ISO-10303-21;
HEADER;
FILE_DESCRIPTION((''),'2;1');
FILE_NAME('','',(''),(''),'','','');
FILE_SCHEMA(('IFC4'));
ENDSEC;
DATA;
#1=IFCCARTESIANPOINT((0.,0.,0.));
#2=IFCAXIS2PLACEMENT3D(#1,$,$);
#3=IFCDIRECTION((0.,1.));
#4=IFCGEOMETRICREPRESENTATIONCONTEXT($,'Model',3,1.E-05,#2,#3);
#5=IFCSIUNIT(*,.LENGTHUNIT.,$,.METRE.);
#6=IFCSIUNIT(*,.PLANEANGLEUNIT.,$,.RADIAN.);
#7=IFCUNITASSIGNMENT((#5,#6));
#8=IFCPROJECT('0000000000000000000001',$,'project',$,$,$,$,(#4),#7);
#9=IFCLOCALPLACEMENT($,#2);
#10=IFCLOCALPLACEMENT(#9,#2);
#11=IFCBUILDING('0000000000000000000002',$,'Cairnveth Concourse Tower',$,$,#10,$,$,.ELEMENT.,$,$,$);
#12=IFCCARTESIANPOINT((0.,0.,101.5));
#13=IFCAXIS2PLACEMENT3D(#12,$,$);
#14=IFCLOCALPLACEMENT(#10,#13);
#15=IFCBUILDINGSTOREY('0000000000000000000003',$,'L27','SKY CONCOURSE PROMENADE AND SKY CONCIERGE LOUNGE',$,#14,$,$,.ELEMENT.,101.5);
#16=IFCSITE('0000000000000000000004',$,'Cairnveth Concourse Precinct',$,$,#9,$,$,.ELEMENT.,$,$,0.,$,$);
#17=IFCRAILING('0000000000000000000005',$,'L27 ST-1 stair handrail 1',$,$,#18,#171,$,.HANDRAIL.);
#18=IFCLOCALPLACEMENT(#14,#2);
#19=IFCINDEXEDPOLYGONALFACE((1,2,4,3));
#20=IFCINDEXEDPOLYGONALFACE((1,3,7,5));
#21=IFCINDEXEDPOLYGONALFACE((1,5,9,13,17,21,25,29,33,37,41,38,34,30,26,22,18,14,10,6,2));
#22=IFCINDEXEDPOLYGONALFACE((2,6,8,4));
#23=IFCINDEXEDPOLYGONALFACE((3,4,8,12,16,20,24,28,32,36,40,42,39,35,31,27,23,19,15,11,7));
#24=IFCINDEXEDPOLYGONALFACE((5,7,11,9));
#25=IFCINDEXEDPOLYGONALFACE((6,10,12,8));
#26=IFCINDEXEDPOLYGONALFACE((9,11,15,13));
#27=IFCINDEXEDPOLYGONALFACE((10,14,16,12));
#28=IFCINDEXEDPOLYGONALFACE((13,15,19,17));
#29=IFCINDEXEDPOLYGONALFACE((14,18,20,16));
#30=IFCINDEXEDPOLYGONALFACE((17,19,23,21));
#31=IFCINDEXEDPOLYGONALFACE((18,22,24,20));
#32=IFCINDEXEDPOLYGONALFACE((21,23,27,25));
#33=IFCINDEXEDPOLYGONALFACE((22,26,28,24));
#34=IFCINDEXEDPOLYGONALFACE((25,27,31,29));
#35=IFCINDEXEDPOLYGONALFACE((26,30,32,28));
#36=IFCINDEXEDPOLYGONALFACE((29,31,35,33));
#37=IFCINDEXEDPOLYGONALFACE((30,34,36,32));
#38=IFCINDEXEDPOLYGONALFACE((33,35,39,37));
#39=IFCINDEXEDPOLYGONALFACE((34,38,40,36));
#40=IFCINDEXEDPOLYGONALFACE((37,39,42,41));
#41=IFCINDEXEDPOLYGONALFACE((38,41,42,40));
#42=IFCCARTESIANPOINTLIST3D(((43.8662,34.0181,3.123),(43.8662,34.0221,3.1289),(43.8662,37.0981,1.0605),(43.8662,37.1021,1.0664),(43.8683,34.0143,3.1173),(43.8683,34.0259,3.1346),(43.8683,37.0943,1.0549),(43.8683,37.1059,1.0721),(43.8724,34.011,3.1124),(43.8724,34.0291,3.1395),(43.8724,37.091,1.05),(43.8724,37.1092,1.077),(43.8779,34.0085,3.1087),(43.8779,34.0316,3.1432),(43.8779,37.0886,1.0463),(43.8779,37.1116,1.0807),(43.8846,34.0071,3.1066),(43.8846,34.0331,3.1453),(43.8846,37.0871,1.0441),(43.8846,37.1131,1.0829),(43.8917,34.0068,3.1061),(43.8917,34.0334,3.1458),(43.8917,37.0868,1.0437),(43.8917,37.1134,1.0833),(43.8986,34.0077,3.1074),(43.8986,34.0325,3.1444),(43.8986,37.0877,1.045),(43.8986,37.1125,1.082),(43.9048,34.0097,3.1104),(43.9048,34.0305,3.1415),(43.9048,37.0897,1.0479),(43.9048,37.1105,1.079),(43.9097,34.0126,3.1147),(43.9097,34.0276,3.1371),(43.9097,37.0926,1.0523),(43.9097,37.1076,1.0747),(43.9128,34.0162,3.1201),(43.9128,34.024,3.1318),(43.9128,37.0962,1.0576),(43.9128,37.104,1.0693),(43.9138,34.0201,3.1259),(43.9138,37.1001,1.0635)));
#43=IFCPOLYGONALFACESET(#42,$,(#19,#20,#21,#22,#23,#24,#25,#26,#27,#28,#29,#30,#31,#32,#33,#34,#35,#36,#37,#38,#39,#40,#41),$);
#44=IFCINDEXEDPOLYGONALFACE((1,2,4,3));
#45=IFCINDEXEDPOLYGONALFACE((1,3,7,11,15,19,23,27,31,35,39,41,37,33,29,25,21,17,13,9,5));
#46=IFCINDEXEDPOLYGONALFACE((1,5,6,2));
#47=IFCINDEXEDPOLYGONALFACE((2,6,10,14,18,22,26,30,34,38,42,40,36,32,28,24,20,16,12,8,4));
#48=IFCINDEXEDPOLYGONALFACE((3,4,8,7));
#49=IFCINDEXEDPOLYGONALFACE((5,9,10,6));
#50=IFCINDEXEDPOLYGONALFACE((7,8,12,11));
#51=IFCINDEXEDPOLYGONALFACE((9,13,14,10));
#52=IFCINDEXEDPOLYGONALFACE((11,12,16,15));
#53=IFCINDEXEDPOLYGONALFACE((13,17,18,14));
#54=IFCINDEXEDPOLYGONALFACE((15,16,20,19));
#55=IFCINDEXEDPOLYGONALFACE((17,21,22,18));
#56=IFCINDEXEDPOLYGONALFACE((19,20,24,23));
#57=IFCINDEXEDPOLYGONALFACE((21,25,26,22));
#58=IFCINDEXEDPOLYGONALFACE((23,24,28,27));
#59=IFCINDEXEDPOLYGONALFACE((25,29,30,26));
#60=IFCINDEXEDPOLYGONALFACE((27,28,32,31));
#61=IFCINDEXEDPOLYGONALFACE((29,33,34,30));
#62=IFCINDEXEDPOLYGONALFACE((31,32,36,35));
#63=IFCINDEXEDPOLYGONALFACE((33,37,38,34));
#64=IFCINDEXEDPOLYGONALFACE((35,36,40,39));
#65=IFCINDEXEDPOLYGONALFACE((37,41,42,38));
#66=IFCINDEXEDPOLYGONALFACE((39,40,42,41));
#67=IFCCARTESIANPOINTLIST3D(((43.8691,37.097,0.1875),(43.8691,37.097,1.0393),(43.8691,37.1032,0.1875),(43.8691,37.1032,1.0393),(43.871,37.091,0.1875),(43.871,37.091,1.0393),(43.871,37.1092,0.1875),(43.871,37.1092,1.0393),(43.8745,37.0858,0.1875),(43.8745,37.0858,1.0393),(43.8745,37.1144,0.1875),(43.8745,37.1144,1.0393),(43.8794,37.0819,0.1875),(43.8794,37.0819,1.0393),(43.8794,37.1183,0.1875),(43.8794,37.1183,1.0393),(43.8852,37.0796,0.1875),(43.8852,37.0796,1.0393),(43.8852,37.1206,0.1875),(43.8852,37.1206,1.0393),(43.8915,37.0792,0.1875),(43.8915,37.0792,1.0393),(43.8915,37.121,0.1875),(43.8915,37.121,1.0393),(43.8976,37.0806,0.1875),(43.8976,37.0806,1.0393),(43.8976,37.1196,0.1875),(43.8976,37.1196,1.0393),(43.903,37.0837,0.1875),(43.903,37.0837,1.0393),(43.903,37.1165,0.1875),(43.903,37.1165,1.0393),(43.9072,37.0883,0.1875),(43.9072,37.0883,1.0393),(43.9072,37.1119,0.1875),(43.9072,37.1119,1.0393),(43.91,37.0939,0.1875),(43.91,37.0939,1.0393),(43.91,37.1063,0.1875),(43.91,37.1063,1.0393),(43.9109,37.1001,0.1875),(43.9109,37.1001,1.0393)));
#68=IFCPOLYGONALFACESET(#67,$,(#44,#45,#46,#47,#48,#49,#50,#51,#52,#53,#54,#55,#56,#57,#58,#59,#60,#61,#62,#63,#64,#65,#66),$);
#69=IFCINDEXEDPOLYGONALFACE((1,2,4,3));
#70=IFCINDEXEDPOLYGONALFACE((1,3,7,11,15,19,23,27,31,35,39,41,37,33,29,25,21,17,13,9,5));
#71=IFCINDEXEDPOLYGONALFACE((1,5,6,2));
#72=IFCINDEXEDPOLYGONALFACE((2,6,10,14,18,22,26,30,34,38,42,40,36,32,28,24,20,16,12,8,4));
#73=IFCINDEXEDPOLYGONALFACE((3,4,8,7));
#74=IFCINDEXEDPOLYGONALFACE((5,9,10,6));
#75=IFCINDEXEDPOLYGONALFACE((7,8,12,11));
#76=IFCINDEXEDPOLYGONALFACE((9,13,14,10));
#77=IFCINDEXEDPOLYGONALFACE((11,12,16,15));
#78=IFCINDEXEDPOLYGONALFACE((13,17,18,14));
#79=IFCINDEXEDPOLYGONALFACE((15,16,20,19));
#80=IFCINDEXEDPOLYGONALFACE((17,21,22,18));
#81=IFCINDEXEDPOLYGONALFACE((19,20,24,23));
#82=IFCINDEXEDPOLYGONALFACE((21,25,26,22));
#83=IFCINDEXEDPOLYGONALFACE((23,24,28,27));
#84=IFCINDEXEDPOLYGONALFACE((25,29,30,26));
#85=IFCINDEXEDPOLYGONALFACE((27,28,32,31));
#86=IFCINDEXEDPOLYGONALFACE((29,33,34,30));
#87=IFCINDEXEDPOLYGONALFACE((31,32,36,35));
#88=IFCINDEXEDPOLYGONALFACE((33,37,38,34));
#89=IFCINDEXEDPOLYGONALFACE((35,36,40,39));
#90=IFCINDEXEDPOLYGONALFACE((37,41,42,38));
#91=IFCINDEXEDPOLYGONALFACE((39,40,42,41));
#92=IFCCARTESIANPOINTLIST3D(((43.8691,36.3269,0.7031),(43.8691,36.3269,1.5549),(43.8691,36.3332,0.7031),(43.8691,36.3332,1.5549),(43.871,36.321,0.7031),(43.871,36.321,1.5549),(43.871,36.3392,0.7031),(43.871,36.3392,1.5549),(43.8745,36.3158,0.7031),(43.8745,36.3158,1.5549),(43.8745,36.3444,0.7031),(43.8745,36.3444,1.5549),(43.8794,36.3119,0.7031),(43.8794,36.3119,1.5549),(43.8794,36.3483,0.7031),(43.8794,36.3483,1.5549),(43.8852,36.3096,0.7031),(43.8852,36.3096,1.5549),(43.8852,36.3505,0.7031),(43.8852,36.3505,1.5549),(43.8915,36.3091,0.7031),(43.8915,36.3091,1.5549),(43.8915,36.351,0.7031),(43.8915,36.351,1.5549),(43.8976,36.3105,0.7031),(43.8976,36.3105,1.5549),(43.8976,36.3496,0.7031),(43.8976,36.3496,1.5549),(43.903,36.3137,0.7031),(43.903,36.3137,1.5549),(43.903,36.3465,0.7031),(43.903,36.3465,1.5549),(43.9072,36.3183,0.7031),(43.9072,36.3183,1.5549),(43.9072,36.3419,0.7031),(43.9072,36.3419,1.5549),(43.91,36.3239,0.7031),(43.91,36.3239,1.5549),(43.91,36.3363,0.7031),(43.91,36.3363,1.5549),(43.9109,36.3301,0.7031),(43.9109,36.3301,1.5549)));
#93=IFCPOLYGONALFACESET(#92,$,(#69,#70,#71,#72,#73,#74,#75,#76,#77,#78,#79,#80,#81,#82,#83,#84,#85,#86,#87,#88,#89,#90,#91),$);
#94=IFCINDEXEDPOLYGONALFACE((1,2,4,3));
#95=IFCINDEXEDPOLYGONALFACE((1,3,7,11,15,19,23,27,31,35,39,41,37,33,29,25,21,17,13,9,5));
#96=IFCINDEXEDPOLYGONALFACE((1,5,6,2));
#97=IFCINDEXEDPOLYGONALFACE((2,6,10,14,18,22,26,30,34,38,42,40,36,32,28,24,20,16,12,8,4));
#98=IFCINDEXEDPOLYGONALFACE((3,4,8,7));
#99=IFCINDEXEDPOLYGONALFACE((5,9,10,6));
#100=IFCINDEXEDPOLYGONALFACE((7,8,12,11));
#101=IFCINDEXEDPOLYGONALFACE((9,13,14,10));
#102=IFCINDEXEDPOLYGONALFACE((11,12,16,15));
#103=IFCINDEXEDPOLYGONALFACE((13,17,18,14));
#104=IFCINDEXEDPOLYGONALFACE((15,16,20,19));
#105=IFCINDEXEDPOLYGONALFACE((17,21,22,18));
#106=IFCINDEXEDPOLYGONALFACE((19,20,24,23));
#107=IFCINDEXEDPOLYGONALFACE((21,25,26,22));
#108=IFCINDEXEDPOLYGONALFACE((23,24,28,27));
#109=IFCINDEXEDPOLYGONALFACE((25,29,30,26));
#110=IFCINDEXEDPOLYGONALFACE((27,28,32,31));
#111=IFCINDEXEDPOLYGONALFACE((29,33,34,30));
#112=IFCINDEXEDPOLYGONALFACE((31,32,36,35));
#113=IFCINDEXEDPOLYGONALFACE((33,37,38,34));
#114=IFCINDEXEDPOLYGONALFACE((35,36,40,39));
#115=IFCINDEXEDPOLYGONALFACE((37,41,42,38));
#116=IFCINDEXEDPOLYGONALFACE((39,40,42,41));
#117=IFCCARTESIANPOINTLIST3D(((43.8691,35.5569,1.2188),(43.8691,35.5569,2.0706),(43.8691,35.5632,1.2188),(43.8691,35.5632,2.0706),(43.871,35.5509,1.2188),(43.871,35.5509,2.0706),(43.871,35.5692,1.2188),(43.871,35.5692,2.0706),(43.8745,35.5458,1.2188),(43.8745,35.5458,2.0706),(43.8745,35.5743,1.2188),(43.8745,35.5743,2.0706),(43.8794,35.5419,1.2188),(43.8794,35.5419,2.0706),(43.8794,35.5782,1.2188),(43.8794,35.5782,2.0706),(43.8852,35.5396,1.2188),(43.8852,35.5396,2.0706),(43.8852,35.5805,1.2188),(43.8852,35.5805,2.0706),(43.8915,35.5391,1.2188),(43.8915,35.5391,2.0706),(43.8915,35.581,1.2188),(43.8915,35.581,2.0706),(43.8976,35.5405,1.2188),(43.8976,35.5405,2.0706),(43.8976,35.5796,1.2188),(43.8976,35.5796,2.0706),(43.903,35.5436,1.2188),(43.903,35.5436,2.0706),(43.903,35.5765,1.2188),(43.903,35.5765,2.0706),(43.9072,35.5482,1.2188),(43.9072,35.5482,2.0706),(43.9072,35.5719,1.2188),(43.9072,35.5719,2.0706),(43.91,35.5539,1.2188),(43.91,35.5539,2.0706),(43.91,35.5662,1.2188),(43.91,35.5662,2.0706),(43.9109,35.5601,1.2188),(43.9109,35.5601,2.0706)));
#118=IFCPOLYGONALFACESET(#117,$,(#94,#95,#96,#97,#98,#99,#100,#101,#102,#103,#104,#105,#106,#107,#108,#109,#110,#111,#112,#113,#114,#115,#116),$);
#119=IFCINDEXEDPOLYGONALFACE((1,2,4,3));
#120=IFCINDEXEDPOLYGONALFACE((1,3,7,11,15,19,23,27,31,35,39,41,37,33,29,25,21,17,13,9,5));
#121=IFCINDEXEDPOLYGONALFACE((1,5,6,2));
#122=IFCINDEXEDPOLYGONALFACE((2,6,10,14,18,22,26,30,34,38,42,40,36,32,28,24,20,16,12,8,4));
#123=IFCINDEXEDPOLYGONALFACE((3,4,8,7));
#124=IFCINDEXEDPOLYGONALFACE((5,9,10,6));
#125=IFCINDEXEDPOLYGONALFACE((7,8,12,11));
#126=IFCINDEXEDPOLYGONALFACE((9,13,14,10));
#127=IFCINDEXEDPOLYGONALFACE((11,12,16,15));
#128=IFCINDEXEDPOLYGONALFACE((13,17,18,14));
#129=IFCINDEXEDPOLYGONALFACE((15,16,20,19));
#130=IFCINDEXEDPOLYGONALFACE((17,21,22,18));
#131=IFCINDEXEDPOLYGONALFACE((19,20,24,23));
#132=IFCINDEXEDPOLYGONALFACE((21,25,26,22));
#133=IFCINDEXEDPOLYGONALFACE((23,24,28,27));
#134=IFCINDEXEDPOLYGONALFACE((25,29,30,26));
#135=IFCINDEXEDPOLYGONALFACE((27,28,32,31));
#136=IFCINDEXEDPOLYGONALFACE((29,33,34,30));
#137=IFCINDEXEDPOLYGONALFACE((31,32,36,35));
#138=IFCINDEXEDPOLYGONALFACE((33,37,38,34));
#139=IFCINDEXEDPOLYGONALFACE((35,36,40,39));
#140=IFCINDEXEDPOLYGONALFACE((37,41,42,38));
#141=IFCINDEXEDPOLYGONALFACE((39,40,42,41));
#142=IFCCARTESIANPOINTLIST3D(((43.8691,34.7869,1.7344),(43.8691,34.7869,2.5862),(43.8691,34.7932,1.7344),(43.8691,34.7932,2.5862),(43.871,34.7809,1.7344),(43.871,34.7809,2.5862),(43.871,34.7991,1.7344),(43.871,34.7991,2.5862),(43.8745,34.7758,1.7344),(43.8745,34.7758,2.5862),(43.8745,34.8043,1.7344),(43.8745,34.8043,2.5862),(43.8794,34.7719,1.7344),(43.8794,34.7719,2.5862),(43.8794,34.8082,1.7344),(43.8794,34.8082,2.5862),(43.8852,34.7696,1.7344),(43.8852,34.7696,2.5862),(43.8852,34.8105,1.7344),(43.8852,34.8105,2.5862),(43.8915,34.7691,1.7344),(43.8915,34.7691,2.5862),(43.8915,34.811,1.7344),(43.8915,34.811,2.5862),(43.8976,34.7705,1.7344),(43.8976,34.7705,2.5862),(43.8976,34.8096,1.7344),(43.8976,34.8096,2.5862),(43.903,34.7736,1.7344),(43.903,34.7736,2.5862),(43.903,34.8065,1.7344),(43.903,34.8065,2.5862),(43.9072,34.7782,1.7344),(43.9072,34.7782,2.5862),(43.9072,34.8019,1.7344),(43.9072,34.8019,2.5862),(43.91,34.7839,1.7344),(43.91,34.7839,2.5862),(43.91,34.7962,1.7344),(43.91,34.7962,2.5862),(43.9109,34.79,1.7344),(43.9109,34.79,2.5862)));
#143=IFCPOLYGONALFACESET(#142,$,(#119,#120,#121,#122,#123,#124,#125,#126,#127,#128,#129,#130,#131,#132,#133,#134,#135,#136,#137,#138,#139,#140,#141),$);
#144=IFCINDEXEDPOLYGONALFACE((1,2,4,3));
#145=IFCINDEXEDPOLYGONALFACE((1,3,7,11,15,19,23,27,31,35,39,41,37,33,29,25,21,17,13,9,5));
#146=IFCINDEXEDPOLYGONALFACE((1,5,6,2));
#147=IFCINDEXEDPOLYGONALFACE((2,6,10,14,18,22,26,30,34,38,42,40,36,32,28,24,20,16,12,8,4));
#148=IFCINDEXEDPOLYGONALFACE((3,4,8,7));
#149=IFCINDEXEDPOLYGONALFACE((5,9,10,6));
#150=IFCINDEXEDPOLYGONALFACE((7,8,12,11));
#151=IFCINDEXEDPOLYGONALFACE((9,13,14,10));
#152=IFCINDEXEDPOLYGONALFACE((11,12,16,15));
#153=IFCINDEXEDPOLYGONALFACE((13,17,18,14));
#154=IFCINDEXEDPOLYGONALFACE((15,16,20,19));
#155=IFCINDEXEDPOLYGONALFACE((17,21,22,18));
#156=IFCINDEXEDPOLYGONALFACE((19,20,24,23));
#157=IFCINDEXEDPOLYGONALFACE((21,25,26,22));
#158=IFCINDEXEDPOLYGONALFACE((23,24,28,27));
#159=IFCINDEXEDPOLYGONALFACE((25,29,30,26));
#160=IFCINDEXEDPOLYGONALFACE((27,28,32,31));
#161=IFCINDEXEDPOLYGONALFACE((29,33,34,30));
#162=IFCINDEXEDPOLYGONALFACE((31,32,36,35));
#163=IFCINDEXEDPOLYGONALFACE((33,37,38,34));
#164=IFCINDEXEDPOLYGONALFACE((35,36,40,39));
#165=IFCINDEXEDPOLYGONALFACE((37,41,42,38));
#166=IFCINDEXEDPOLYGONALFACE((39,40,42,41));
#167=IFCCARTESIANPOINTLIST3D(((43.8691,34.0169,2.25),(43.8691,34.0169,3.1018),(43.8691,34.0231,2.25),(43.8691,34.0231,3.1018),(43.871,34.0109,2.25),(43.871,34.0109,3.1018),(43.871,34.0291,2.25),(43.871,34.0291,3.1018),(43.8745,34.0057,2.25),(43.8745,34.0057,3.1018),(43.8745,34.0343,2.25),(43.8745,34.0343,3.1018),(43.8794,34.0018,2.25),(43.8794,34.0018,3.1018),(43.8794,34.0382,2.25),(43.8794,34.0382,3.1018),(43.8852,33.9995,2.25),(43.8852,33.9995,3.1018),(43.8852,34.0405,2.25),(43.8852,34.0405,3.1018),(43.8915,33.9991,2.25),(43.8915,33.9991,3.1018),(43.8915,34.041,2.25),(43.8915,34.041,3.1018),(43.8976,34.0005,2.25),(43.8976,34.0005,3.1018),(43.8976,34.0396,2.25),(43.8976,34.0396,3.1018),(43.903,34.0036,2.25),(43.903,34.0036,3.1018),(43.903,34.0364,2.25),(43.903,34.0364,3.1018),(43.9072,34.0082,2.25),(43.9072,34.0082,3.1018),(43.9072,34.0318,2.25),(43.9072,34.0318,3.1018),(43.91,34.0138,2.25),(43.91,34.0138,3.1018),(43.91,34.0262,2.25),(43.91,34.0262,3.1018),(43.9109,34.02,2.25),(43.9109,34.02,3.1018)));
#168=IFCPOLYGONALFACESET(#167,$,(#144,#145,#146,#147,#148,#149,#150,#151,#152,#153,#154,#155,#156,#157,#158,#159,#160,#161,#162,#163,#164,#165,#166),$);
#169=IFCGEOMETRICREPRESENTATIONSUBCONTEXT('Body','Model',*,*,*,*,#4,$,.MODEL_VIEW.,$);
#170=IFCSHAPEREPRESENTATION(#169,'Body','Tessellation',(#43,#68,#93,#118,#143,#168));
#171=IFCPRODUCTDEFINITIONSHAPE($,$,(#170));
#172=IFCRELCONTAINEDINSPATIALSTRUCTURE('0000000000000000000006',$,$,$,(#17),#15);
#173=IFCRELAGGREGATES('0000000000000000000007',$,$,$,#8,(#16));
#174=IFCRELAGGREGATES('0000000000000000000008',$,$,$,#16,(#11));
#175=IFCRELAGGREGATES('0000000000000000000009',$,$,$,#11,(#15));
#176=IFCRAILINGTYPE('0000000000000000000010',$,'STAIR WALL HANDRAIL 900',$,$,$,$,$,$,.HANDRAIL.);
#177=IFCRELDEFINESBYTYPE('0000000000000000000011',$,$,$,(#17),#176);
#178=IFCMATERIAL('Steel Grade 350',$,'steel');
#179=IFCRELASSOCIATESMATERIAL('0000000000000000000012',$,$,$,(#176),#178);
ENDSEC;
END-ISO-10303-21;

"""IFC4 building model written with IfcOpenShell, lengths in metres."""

from ifc_helpers import new_model, si_unit, direction, frame, origin, origin_2d, place, context, subcontext, project, spatial, circle, extrude, material, type_object, element, save


model = new_model("IFC4")

# Units and contexts
model_context = context("Model", 3, precision=1e-05, world=origin(), true_north=direction((0.0, 1.0)))
body_context = subcontext(model_context, "Body", "Model", "MODEL_VIEW")
ifc_project = project(units=[si_unit("LENGTHUNIT", "METRE"), si_unit("PLANEANGLEUNIT", "RADIAN")], contexts=[model_context])

# Site, building, storey
site_placement = place(None, origin())
site = spatial("IfcSite", under=ifc_project, at=site_placement, Name="Cairnveth Concourse Precinct", CompositionType="ELEMENT", RefElevation=0.0)
building_placement = place(site_placement, origin())
building = spatial("IfcBuilding", under=site, at=building_placement, Name="Cairnveth Concourse Tower", CompositionType="ELEMENT")
storey_placement = place(building_placement, frame((0.0, 0.0, 101.5)))
storey = spatial("IfcBuildingStorey", under=building, at=storey_placement, Name="L27", Description="SKY CONCOURSE PROMENADE AND SKY CONCIERGE LOUNGE", CompositionType="ELEMENT", Elevation=101.5)

# Shared definitions
ifc_material_1 = material(Name="Steel Grade 350", Category="steel")

# Railing
railing_type_1 = type_object("IfcRailingType", Name="STAIR WALL HANDRAIL 900", PredefinedType="HANDRAIL", material=ifc_material_1)
railing_1_placement = place(storey_placement, frame((43.8899, 37.1001, 0.1875)))
element("IfcRailing", 1, at=railing_1_placement, inside=storey, type_object=railing_type_1, Name="L27 ST-1 stair handrail 1", PredefinedType="HANDRAIL", context=body_context, shape_type="SweptSolid", body=[
    extrude(circle(Radius=0.0239, at=origin_2d()), frame((0.0, 0.0, 0.876), z_axis=(0.0, -0.830914, 0.556401), x_axis=(1.0, 0.0, 0.0)), (0.0, 0.0, 1.0), 3.7068),
    extrude(circle(Radius=0.021, at=origin_2d()), origin(), (0.0, 0.0, 1.0), 0.8518),
    extrude(circle(Radius=0.021, at=origin_2d()), frame((0.0, -0.77, 0.5156)), (0.0, 0.0, 1.0), 0.8518),
    extrude(circle(Radius=0.021, at=origin_2d()), frame((0.0, -1.54, 1.0312)), (0.0, 0.0, 1.0), 0.8518),
    extrude(circle(Radius=0.021, at=origin_2d()), frame((0.0, -2.3101, 1.5469)), (0.0, 0.0, 1.0), 0.8518),
    extrude(circle(Radius=0.021, at=origin_2d()), frame((0.0, -3.0801, 2.0625)), (0.0, 0.0, 1.0), 0.8518),
])

save(model, "model.ifc")
